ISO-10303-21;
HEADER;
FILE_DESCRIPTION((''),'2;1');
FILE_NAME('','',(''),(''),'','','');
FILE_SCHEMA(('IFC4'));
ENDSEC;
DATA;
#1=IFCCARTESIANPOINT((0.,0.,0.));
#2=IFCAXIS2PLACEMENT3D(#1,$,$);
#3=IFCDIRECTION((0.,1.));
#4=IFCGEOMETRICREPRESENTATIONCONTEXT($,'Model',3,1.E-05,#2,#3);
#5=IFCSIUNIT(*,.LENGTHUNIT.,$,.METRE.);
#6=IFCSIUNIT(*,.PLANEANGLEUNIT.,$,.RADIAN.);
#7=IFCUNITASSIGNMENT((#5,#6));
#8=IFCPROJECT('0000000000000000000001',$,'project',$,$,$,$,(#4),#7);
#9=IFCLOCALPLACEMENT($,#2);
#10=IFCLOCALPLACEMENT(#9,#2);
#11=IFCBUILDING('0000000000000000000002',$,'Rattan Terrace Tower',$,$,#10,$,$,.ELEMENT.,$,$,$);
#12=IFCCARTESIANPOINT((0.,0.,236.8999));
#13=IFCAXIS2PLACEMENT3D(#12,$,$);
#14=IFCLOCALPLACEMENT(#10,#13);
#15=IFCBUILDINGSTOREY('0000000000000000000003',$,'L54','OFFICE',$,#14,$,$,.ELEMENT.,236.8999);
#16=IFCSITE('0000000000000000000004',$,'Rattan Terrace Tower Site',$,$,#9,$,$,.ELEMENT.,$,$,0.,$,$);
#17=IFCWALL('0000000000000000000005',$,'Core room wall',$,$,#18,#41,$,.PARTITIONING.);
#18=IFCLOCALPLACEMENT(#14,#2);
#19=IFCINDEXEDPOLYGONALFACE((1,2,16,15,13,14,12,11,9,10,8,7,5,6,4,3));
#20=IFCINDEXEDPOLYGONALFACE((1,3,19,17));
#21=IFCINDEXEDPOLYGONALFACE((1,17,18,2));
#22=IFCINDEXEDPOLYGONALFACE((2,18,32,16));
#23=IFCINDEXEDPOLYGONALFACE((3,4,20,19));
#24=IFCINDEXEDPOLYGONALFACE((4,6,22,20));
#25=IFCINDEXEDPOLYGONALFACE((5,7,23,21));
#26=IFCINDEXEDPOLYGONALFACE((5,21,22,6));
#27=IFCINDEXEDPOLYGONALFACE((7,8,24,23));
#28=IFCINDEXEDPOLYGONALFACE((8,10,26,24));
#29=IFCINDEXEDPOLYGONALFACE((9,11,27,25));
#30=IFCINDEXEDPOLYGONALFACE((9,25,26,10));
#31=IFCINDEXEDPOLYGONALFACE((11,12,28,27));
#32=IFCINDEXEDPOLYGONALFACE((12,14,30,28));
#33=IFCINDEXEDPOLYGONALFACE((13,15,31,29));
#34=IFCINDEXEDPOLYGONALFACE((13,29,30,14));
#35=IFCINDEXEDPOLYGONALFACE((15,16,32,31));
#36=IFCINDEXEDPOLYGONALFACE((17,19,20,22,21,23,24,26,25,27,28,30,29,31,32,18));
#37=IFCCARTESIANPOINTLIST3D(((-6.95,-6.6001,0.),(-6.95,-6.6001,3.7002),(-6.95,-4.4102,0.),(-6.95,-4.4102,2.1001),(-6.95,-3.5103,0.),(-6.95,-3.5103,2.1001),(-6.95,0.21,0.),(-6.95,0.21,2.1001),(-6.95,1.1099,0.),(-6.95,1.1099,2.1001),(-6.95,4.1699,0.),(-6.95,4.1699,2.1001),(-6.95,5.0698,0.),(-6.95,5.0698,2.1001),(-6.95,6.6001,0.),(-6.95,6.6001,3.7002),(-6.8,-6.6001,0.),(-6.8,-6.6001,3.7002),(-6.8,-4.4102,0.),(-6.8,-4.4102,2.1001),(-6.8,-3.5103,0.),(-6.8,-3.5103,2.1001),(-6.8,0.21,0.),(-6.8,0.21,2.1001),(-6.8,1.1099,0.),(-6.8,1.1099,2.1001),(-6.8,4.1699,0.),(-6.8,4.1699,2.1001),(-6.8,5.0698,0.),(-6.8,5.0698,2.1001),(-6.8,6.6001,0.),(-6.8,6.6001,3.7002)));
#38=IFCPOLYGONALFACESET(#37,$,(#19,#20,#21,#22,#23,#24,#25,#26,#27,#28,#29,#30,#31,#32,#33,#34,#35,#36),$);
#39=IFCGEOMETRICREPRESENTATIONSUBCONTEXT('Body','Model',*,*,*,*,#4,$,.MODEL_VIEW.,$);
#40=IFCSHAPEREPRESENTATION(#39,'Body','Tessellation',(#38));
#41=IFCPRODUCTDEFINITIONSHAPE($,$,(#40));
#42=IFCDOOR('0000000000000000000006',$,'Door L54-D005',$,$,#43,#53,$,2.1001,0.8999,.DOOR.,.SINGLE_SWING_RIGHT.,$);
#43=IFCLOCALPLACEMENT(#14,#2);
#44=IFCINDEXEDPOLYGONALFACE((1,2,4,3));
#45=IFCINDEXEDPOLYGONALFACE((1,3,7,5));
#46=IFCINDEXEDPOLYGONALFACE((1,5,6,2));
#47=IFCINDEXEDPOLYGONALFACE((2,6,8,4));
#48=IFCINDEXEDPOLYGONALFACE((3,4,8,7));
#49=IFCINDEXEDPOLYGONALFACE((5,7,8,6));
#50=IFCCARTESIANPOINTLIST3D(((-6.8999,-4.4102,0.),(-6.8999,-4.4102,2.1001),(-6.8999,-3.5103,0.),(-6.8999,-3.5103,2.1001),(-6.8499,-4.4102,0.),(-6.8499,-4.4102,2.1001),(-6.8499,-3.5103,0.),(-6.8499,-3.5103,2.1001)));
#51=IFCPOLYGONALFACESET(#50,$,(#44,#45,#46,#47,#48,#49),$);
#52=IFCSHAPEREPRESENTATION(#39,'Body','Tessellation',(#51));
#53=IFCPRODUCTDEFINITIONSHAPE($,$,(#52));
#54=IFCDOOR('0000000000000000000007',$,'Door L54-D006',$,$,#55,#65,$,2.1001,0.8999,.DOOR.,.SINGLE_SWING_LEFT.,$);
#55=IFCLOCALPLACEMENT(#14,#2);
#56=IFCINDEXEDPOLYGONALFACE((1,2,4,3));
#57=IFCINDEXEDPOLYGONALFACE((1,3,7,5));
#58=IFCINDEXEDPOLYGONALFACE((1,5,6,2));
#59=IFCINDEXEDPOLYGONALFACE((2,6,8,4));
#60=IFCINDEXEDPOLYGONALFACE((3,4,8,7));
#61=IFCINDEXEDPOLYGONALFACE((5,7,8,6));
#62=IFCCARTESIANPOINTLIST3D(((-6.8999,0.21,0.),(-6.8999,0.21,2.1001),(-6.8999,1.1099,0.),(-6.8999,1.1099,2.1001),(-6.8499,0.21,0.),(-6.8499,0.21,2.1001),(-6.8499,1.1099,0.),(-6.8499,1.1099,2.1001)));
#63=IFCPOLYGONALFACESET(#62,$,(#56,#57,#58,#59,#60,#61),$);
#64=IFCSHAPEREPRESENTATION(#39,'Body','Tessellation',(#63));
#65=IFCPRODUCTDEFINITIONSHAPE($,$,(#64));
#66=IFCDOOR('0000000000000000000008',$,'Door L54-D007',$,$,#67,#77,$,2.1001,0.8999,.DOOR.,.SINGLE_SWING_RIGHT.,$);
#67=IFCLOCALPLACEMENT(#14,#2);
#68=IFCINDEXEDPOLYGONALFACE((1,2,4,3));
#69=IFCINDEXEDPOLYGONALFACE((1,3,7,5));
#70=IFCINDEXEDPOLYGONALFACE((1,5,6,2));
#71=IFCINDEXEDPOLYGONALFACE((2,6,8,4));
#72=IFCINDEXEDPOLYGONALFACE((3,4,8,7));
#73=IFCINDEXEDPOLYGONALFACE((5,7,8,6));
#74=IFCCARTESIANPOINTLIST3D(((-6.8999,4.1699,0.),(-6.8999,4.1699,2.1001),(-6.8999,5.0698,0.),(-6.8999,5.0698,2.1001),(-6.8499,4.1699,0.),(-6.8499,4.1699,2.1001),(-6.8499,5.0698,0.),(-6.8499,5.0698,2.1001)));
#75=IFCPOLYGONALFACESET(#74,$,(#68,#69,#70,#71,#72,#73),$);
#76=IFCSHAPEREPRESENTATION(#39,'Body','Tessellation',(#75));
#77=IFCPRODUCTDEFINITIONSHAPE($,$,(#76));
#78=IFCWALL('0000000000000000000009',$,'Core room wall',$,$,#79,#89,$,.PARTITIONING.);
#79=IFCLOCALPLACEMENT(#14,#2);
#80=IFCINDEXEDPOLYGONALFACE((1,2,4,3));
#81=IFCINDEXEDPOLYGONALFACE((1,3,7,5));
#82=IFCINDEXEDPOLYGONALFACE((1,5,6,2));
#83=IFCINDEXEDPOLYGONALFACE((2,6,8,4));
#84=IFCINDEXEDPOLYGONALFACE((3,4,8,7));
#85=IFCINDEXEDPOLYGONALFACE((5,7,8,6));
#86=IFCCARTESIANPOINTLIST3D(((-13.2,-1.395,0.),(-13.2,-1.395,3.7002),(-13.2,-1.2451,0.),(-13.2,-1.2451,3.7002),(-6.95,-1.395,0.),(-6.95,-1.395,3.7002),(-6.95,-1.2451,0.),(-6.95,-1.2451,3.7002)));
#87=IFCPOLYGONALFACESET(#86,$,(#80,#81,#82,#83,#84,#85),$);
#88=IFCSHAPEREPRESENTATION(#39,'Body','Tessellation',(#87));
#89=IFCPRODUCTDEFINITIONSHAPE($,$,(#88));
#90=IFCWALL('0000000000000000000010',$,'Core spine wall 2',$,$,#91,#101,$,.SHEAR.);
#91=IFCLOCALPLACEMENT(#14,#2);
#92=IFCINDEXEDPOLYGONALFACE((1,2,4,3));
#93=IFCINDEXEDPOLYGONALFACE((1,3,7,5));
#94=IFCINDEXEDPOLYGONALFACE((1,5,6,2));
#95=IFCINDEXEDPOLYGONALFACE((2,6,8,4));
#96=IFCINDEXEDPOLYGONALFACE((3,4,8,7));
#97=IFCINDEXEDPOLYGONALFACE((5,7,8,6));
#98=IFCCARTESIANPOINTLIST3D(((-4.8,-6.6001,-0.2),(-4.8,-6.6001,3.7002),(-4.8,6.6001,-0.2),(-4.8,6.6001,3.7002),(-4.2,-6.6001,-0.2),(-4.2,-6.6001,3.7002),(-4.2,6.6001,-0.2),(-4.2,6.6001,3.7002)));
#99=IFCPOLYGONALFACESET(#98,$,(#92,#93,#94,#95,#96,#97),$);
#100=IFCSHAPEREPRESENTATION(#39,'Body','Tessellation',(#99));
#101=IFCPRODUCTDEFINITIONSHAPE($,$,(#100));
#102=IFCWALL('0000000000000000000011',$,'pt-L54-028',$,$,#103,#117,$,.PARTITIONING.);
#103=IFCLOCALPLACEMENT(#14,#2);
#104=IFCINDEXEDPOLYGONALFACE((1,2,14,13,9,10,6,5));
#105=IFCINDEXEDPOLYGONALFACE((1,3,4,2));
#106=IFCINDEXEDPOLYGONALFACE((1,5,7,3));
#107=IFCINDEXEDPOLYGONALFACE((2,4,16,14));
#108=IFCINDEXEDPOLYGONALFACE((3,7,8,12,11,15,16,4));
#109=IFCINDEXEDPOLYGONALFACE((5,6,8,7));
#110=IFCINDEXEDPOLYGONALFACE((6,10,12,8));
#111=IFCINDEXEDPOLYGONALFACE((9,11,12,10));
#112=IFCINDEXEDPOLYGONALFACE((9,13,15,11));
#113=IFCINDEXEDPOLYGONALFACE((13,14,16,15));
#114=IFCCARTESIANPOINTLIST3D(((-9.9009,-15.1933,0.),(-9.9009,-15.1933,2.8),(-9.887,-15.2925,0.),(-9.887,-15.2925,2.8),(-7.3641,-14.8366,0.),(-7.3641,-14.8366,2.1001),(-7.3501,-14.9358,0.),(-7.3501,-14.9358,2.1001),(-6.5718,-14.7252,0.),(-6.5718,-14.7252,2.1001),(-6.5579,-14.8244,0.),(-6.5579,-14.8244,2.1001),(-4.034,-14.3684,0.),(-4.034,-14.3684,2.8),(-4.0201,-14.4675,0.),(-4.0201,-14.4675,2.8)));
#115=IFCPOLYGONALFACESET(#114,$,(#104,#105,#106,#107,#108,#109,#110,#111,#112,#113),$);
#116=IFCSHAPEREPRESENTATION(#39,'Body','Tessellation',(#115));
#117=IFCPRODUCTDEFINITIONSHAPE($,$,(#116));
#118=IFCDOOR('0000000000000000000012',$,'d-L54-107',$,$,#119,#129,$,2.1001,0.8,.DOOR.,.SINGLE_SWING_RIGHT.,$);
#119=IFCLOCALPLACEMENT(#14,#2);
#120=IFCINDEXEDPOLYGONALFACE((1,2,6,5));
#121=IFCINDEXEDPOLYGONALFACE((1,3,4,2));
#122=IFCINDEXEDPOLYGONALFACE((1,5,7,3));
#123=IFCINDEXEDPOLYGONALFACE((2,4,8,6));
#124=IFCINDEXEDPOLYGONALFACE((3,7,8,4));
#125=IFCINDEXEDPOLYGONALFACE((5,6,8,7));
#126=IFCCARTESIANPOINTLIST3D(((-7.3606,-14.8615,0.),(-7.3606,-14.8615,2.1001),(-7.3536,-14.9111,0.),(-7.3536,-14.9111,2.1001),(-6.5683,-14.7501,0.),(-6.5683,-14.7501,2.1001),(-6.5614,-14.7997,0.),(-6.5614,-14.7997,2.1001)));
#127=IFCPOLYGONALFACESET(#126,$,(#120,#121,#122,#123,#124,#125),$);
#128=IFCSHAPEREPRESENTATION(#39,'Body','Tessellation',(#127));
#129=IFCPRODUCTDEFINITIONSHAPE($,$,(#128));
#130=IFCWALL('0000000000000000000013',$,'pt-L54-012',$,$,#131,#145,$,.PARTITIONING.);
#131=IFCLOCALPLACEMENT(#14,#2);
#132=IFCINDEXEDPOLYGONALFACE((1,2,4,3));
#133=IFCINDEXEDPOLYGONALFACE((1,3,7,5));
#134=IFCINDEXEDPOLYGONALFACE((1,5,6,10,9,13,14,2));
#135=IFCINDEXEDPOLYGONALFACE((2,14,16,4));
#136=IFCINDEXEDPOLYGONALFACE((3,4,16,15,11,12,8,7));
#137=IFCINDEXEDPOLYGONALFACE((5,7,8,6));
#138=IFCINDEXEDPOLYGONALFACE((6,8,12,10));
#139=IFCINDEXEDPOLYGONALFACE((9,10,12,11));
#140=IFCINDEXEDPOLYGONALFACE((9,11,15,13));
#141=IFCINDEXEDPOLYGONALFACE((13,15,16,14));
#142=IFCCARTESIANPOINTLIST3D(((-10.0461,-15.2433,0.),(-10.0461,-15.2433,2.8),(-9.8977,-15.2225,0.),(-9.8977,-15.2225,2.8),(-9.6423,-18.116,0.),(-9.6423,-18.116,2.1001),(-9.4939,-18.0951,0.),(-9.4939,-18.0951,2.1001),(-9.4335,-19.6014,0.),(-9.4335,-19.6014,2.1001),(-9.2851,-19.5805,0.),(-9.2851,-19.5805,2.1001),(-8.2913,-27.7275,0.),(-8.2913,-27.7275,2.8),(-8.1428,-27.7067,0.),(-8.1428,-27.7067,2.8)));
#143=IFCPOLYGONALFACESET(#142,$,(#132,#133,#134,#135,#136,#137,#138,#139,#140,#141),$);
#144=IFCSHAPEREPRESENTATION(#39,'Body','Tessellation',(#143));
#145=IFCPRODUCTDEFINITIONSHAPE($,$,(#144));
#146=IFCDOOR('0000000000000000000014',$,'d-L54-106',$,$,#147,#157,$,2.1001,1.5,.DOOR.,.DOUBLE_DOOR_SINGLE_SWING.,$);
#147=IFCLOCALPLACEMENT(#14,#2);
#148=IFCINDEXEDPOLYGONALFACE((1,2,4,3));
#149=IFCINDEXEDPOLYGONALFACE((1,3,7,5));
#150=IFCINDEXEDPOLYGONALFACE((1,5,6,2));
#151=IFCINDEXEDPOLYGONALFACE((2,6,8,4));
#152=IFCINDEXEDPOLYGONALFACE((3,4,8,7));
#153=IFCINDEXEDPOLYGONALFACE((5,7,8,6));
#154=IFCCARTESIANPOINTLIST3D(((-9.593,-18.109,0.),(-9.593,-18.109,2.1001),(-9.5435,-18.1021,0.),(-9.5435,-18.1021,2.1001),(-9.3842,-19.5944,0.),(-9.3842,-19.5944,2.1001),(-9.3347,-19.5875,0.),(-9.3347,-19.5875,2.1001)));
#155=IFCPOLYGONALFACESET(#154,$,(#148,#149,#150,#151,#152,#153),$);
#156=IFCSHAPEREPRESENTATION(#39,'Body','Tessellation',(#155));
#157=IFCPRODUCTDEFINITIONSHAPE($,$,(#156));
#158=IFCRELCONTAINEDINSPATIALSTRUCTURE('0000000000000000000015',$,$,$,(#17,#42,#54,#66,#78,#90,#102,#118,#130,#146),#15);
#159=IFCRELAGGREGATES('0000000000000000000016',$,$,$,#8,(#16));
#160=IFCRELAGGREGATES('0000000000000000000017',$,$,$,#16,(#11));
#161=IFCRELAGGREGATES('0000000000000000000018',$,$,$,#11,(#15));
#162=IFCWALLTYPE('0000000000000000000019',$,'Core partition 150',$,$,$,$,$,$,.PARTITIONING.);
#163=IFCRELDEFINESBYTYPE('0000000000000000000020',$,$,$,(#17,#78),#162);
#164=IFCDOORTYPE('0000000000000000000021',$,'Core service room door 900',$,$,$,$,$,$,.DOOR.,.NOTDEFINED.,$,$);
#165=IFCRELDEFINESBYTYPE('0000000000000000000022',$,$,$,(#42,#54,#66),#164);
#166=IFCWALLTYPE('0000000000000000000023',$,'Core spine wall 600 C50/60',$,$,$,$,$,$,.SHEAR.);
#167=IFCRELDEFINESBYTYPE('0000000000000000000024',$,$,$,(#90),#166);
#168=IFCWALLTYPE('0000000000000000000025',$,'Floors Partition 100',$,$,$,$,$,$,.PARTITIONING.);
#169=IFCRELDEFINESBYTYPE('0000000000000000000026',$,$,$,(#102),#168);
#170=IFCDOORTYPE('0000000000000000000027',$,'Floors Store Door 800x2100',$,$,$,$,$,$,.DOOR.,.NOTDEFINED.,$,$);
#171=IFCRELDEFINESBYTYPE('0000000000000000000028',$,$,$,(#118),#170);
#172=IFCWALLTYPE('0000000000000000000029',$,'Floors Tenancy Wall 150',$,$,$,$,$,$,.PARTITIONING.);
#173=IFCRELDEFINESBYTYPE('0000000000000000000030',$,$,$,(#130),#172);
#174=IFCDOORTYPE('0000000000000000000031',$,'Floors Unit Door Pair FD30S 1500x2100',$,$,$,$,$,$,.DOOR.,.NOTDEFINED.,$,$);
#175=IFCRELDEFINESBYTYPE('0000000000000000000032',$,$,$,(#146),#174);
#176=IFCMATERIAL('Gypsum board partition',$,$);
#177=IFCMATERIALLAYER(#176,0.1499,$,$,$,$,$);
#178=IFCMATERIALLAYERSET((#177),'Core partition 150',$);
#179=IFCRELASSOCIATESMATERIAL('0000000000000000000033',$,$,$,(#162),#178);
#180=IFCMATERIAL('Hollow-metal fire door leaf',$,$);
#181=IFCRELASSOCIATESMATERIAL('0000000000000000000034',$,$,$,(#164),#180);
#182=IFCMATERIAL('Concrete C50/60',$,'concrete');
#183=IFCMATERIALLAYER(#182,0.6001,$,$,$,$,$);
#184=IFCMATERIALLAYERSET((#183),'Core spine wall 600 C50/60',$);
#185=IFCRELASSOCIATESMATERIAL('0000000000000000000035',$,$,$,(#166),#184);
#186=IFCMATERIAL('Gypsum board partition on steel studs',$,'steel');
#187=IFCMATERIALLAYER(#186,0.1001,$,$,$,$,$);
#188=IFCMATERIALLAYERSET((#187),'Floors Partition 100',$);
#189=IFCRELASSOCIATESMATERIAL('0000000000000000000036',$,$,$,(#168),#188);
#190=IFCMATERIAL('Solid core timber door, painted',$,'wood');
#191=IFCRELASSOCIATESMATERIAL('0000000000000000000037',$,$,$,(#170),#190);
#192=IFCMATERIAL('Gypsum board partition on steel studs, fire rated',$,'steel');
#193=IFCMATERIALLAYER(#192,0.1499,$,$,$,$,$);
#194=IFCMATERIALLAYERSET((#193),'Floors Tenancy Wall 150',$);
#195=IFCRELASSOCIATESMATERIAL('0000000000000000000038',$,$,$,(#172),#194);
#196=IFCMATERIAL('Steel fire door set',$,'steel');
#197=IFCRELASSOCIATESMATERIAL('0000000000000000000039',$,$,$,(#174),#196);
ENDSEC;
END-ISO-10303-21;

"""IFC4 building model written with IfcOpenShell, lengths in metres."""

from ifc_helpers import new_model, si_unit, direction, frame, frame_2d, origin, place, context, subcontext, project, spatial, rectangle, extrude, material, layer, layer_set, type_object, element, fill, save


model = new_model("IFC4")

# Units and contexts
model_context = context("Model", 3, precision=1e-05, world=origin(), true_north=direction((0.0, 1.0)))
body_context = subcontext(model_context, "Body", "Model", "MODEL_VIEW")
ifc_project = project(units=[si_unit("LENGTHUNIT", "METRE"), si_unit("PLANEANGLEUNIT", "RADIAN")], contexts=[model_context])

# Site, building, storey
site_placement = place(None, origin())
site = spatial("IfcSite", under=ifc_project, at=site_placement, Name="Rattan Terrace Tower Site", CompositionType="ELEMENT", RefElevation=0.0)
building_placement = place(site_placement, origin())
building = spatial("IfcBuilding", under=site, at=building_placement, Name="Rattan Terrace Tower", CompositionType="ELEMENT")
storey_placement = place(building_placement, frame((0.0, 0.0, 236.8999)))
storey = spatial("IfcBuildingStorey", under=building, at=storey_placement, Name="L54", Description="OFFICE", CompositionType="ELEMENT", Elevation=236.8999)

# Wall, openings, doors
ifc_material_1 = material(Name="Gypsum board partition")
ifc_layer_1 = layer(ifc_material_1, 0.1499)
ifc_layer_set_1 = layer_set([ifc_layer_1], Name="Core partition 150")
wall_type_1 = type_object("IfcWallType", Name="Core partition 150", PredefinedType="PARTITIONING", material=ifc_layer_set_1)
wall_1_placement = place(storey_placement, frame((-6.875, -6.6001, 0.0), z_axis=(0.0, 0.0, 1.0), x_axis=(0.0, 1.0, 0.0)))
wall_1 = element("IfcWall", 1, at=wall_1_placement, inside=storey, type_object=wall_type_1, Name="Core room wall", PredefinedType="PARTITIONING", context=body_context, shape_type="SweptSolid", body=[
    extrude(rectangle(XDim=13.2002, YDim=0.1499, at=frame_2d((6.6001, 0.0))), origin(), (0.0, 0.0, 1.0), 3.7002),
])
opening_1_placement = place(wall_1_placement, frame((2.1899, 0.0, 0.0)))
opening_1 = element("IfcOpeningElement", 2, at=opening_1_placement, cuts=wall_1, PredefinedType="OPENING", context=body_context, shape_type="SweptSolid", body=[
    extrude(rectangle(XDim=0.8999, YDim=2.1001, at=frame_2d((0.45, 1.05))), frame((0.0, 0.0854, 0.0), z_axis=(0.0, -1.0, 0.0), x_axis=(1.0, 0.0, 0.0)), (0.0, 0.0, 1.0), 0.1709),
])
opening_2_placement = place(wall_1_placement, frame((6.8101, 0.0, 0.0)))
opening_2 = element("IfcOpeningElement", 3, at=opening_2_placement, cuts=wall_1, PredefinedType="OPENING", context=body_context, shape_type="SweptSolid", body=[
    extrude(rectangle(XDim=0.8999, YDim=2.1001, at=frame_2d((0.45, 1.05))), frame((0.0, 0.0854, 0.0), z_axis=(0.0, -1.0, 0.0), x_axis=(1.0, 0.0, 0.0)), (0.0, 0.0, 1.0), 0.1709),
])
opening_3_placement = place(wall_1_placement, frame((10.77, 0.0, 0.0)))
opening_3 = element("IfcOpeningElement", 4, at=opening_3_placement, cuts=wall_1, PredefinedType="OPENING", context=body_context, shape_type="SweptSolid", body=[
    extrude(rectangle(XDim=0.8999, YDim=2.1001, at=frame_2d((0.45, 1.05))), frame((0.0, 0.0854, 0.0), z_axis=(0.0, -1.0, 0.0), x_axis=(1.0, 0.0, 0.0)), (0.0, 0.0, 1.0), 0.1709),
])
ifc_material_2 = material(Name="Hollow-metal fire door leaf")
door_type_1 = type_object("IfcDoorType", Name="Core service room door 900", OperationType="NOTDEFINED", PredefinedType="DOOR", material=ifc_material_2)
door_1_placement = place(opening_1_placement, origin())
door_1 = element("IfcDoor", 5, at=door_1_placement, inside=storey, type_object=door_type_1, Name="Door L54-D005", OperationType="SINGLE_SWING_RIGHT", OverallHeight=2.1001, OverallWidth=0.8999, PredefinedType="DOOR", context=body_context, shape_type="SweptSolid", body=[
    extrude(rectangle(XDim=0.8999, YDim=2.1001, at=frame_2d((0.45, 1.05))), frame((0.0, 0.0249, 0.0), z_axis=(0.0, -1.0, 0.0), x_axis=(1.0, 0.0, 0.0)), (0.0, 0.0, 1.0), 0.05),
])
fill(opening_1, door_1)
door_2_placement = place(opening_2_placement, origin())
door_2 = element("IfcDoor", 6, at=door_2_placement, inside=storey, type_object=door_type_1, Name="Door L54-D006", OperationType="SINGLE_SWING_LEFT", OverallHeight=2.1001, OverallWidth=0.8999, PredefinedType="DOOR", context=body_context, shape_type="SweptSolid", body=[
    extrude(rectangle(XDim=0.8999, YDim=2.1001, at=frame_2d((0.45, 1.05))), frame((0.0, 0.0249, 0.0), z_axis=(0.0, -1.0, 0.0), x_axis=(1.0, 0.0, 0.0)), (0.0, 0.0, 1.0), 0.05),
])
fill(opening_2, door_2)
door_3_placement = place(opening_3_placement, origin())
door_3 = element("IfcDoor", 7, at=door_3_placement, inside=storey, type_object=door_type_1, Name="Door L54-D007", OperationType="SINGLE_SWING_RIGHT", OverallHeight=2.1001, OverallWidth=0.8999, PredefinedType="DOOR", context=body_context, shape_type="SweptSolid", body=[
    extrude(rectangle(XDim=0.8999, YDim=2.1001, at=frame_2d((0.45, 1.05))), frame((0.0, 0.0249, 0.0), z_axis=(0.0, -1.0, 0.0), x_axis=(1.0, 0.0, 0.0)), (0.0, 0.0, 1.0), 0.05),
])
fill(opening_3, door_3)

# Walls
wall_2_placement = place(storey_placement, frame((-13.2, -1.3201, 0.0), z_axis=(0.0, 0.0, 1.0), x_axis=(1.0, 0.0, 0.0)))
element("IfcWall", 8, at=wall_2_placement, inside=storey, type_object=wall_type_1, Name="Core room wall", PredefinedType="PARTITIONING", context=body_context, shape_type="SweptSolid", body=[
    extrude(rectangle(XDim=6.25, YDim=0.1499, at=frame_2d((3.125, 0.0))), origin(), (0.0, 0.0, 1.0), 3.7002),
])
ifc_material_3 = material(Name="Concrete C50/60", Category="concrete")
ifc_layer_2 = layer(ifc_material_3, 0.6001)
ifc_layer_set_2 = layer_set([ifc_layer_2], Name="Core spine wall 600 C50/60")
wall_type_2 = type_object("IfcWallType", Name="Core spine wall 600 C50/60", PredefinedType="SHEAR", material=ifc_layer_set_2)
wall_3_placement = place(storey_placement, frame((-4.5, -6.6001, -0.2), z_axis=(0.0, 0.0, 1.0), x_axis=(0.0, 1.0, 0.0)))
element("IfcWall", 9, at=wall_3_placement, inside=storey, type_object=wall_type_2, Name="Core spine wall 2", PredefinedType="SHEAR", context=body_context, shape_type="SweptSolid", body=[
    extrude(rectangle(XDim=13.2002, YDim=0.6001, at=frame_2d((6.6001, 0.0))), origin(), (0.0, 0.0, 1.0), 3.9001),
])

# Walls, openings, doors
ifc_material_4 = material(Name="Gypsum board partition on steel studs", Category="steel")
ifc_layer_3 = layer(ifc_material_4, 0.1001)
ifc_layer_set_3 = layer_set([ifc_layer_3], Name="Floors Partition 100")
wall_type_3 = type_object("IfcWallType", Name="Floors Partition 100", PredefinedType="PARTITIONING", material=ifc_layer_set_3)
wall_4_placement = place(storey_placement, frame((-9.894, -15.2429, 0.0), z_axis=(0.0, 0.0, 1.0), x_axis=(0.990259, 0.13924, 0.0)))
wall_4 = element("IfcWall", 10, at=wall_4_placement, inside=storey, type_object=wall_type_3, Name="pt-L54-028", PredefinedType="PARTITIONING", context=body_context, shape_type="SweptSolid", body=[
    extrude(rectangle(XDim=5.9246, YDim=0.1001, at=frame_2d((2.9624, 0.0))), origin(), (0.0, 0.0, 1.0), 2.8),
])
opening_4_placement = place(wall_4_placement, frame((2.562, 0.0, 0.0)))
opening_4 = element("IfcOpeningElement", 11, at=opening_4_placement, cuts=wall_4, PredefinedType="OPENING", context=body_context, shape_type="SweptSolid", body=[
    extrude(rectangle(XDim=0.8, YDim=2.1001, at=frame_2d((0.3999, 1.05))), frame((0.0, 0.0605, 0.0), z_axis=(0.0, -1.0, 0.0), x_axis=(1.0, 0.0, 0.0)), (0.0, 0.0, 1.0), 0.1211),
])
ifc_material_5 = material(Name="Solid core timber door, painted", Category="wood")
door_type_2 = type_object("IfcDoorType", Name="Floors Store Door 800x2100", OperationType="NOTDEFINED", PredefinedType="DOOR", material=ifc_material_5)
door_4_placement = place(opening_4_placement, origin())
door_4 = element("IfcDoor", 12, at=door_4_placement, inside=storey, type_object=door_type_2, Name="d-L54-107", OperationType="SINGLE_SWING_RIGHT", OverallHeight=2.1001, OverallWidth=0.8, PredefinedType="DOOR", context=body_context, shape_type="SweptSolid", body=[
    extrude(rectangle(XDim=0.8, YDim=2.1001, at=frame_2d((0.3999, 1.05))), frame((0.0, 0.0249, 0.0), z_axis=(0.0, -1.0, 0.0), x_axis=(1.0, 0.0, 0.0)), (0.0, 0.0, 1.0), 0.05),
])
fill(opening_4, door_4)
ifc_material_6 = material(Name="Gypsum board partition on steel studs, fire rated", Category="steel")
ifc_layer_4 = layer(ifc_material_6, 0.1499)
ifc_layer_set_4 = layer_set([ifc_layer_4], Name="Floors Tenancy Wall 150")
wall_type_4 = type_object("IfcWallType", Name="Floors Tenancy Wall 150", PredefinedType="PARTITIONING", material=ifc_layer_set_4)
wall_5_placement = place(storey_placement, frame((-9.9719, -15.2329, 0.0), z_axis=(0.0, 0.0, 1.0), x_axis=(0.139201, -0.990264, 0.0)))
wall_5 = element("IfcWall", 13, at=wall_5_placement, inside=storey, type_object=wall_type_4, Name="pt-L54-012", PredefinedType="PARTITIONING", context=body_context, shape_type="SweptSolid", body=[
    extrude(rectangle(XDim=12.6069, YDim=0.1499, at=frame_2d((6.3035, 0.0))), origin(), (0.0, 0.0, 1.0), 2.8),
])
opening_5_placement = place(wall_5_placement, frame((2.9009, 0.0, 0.0)))
opening_5 = element("IfcOpeningElement", 14, at=opening_5_placement, cuts=wall_5, PredefinedType="OPENING", context=body_context, shape_type="SweptSolid", body=[
    extrude(rectangle(XDim=1.5, YDim=2.1001, at=frame_2d((0.75, 1.05))), frame((0.0, 0.0854, 0.0), z_axis=(0.0, -1.0, 0.0), x_axis=(1.0, 0.0, 0.0)), (0.0, 0.0, 1.0), 0.1709),
])
ifc_material_7 = material(Name="Steel fire door set", Category="steel")
door_type_3 = type_object("IfcDoorType", Name="Floors Unit Door Pair FD30S 1500x2100", OperationType="NOTDEFINED", PredefinedType="DOOR", material=ifc_material_7)
door_5_placement = place(opening_5_placement, origin())
door_5 = element("IfcDoor", 15, at=door_5_placement, inside=storey, type_object=door_type_3, Name="d-L54-106", OperationType="DOUBLE_DOOR_SINGLE_SWING", OverallHeight=2.1001, OverallWidth=1.5, PredefinedType="DOOR", context=body_context, shape_type="SweptSolid", body=[
    extrude(rectangle(XDim=1.5, YDim=2.1001, at=frame_2d((0.75, 1.05))), frame((0.0, 0.0249, 0.0), z_axis=(0.0, -1.0, 0.0), x_axis=(1.0, 0.0, 0.0)), (0.0, 0.0, 1.0), 0.05),
])
fill(opening_5, door_5)

save(model, "model.ifc")
